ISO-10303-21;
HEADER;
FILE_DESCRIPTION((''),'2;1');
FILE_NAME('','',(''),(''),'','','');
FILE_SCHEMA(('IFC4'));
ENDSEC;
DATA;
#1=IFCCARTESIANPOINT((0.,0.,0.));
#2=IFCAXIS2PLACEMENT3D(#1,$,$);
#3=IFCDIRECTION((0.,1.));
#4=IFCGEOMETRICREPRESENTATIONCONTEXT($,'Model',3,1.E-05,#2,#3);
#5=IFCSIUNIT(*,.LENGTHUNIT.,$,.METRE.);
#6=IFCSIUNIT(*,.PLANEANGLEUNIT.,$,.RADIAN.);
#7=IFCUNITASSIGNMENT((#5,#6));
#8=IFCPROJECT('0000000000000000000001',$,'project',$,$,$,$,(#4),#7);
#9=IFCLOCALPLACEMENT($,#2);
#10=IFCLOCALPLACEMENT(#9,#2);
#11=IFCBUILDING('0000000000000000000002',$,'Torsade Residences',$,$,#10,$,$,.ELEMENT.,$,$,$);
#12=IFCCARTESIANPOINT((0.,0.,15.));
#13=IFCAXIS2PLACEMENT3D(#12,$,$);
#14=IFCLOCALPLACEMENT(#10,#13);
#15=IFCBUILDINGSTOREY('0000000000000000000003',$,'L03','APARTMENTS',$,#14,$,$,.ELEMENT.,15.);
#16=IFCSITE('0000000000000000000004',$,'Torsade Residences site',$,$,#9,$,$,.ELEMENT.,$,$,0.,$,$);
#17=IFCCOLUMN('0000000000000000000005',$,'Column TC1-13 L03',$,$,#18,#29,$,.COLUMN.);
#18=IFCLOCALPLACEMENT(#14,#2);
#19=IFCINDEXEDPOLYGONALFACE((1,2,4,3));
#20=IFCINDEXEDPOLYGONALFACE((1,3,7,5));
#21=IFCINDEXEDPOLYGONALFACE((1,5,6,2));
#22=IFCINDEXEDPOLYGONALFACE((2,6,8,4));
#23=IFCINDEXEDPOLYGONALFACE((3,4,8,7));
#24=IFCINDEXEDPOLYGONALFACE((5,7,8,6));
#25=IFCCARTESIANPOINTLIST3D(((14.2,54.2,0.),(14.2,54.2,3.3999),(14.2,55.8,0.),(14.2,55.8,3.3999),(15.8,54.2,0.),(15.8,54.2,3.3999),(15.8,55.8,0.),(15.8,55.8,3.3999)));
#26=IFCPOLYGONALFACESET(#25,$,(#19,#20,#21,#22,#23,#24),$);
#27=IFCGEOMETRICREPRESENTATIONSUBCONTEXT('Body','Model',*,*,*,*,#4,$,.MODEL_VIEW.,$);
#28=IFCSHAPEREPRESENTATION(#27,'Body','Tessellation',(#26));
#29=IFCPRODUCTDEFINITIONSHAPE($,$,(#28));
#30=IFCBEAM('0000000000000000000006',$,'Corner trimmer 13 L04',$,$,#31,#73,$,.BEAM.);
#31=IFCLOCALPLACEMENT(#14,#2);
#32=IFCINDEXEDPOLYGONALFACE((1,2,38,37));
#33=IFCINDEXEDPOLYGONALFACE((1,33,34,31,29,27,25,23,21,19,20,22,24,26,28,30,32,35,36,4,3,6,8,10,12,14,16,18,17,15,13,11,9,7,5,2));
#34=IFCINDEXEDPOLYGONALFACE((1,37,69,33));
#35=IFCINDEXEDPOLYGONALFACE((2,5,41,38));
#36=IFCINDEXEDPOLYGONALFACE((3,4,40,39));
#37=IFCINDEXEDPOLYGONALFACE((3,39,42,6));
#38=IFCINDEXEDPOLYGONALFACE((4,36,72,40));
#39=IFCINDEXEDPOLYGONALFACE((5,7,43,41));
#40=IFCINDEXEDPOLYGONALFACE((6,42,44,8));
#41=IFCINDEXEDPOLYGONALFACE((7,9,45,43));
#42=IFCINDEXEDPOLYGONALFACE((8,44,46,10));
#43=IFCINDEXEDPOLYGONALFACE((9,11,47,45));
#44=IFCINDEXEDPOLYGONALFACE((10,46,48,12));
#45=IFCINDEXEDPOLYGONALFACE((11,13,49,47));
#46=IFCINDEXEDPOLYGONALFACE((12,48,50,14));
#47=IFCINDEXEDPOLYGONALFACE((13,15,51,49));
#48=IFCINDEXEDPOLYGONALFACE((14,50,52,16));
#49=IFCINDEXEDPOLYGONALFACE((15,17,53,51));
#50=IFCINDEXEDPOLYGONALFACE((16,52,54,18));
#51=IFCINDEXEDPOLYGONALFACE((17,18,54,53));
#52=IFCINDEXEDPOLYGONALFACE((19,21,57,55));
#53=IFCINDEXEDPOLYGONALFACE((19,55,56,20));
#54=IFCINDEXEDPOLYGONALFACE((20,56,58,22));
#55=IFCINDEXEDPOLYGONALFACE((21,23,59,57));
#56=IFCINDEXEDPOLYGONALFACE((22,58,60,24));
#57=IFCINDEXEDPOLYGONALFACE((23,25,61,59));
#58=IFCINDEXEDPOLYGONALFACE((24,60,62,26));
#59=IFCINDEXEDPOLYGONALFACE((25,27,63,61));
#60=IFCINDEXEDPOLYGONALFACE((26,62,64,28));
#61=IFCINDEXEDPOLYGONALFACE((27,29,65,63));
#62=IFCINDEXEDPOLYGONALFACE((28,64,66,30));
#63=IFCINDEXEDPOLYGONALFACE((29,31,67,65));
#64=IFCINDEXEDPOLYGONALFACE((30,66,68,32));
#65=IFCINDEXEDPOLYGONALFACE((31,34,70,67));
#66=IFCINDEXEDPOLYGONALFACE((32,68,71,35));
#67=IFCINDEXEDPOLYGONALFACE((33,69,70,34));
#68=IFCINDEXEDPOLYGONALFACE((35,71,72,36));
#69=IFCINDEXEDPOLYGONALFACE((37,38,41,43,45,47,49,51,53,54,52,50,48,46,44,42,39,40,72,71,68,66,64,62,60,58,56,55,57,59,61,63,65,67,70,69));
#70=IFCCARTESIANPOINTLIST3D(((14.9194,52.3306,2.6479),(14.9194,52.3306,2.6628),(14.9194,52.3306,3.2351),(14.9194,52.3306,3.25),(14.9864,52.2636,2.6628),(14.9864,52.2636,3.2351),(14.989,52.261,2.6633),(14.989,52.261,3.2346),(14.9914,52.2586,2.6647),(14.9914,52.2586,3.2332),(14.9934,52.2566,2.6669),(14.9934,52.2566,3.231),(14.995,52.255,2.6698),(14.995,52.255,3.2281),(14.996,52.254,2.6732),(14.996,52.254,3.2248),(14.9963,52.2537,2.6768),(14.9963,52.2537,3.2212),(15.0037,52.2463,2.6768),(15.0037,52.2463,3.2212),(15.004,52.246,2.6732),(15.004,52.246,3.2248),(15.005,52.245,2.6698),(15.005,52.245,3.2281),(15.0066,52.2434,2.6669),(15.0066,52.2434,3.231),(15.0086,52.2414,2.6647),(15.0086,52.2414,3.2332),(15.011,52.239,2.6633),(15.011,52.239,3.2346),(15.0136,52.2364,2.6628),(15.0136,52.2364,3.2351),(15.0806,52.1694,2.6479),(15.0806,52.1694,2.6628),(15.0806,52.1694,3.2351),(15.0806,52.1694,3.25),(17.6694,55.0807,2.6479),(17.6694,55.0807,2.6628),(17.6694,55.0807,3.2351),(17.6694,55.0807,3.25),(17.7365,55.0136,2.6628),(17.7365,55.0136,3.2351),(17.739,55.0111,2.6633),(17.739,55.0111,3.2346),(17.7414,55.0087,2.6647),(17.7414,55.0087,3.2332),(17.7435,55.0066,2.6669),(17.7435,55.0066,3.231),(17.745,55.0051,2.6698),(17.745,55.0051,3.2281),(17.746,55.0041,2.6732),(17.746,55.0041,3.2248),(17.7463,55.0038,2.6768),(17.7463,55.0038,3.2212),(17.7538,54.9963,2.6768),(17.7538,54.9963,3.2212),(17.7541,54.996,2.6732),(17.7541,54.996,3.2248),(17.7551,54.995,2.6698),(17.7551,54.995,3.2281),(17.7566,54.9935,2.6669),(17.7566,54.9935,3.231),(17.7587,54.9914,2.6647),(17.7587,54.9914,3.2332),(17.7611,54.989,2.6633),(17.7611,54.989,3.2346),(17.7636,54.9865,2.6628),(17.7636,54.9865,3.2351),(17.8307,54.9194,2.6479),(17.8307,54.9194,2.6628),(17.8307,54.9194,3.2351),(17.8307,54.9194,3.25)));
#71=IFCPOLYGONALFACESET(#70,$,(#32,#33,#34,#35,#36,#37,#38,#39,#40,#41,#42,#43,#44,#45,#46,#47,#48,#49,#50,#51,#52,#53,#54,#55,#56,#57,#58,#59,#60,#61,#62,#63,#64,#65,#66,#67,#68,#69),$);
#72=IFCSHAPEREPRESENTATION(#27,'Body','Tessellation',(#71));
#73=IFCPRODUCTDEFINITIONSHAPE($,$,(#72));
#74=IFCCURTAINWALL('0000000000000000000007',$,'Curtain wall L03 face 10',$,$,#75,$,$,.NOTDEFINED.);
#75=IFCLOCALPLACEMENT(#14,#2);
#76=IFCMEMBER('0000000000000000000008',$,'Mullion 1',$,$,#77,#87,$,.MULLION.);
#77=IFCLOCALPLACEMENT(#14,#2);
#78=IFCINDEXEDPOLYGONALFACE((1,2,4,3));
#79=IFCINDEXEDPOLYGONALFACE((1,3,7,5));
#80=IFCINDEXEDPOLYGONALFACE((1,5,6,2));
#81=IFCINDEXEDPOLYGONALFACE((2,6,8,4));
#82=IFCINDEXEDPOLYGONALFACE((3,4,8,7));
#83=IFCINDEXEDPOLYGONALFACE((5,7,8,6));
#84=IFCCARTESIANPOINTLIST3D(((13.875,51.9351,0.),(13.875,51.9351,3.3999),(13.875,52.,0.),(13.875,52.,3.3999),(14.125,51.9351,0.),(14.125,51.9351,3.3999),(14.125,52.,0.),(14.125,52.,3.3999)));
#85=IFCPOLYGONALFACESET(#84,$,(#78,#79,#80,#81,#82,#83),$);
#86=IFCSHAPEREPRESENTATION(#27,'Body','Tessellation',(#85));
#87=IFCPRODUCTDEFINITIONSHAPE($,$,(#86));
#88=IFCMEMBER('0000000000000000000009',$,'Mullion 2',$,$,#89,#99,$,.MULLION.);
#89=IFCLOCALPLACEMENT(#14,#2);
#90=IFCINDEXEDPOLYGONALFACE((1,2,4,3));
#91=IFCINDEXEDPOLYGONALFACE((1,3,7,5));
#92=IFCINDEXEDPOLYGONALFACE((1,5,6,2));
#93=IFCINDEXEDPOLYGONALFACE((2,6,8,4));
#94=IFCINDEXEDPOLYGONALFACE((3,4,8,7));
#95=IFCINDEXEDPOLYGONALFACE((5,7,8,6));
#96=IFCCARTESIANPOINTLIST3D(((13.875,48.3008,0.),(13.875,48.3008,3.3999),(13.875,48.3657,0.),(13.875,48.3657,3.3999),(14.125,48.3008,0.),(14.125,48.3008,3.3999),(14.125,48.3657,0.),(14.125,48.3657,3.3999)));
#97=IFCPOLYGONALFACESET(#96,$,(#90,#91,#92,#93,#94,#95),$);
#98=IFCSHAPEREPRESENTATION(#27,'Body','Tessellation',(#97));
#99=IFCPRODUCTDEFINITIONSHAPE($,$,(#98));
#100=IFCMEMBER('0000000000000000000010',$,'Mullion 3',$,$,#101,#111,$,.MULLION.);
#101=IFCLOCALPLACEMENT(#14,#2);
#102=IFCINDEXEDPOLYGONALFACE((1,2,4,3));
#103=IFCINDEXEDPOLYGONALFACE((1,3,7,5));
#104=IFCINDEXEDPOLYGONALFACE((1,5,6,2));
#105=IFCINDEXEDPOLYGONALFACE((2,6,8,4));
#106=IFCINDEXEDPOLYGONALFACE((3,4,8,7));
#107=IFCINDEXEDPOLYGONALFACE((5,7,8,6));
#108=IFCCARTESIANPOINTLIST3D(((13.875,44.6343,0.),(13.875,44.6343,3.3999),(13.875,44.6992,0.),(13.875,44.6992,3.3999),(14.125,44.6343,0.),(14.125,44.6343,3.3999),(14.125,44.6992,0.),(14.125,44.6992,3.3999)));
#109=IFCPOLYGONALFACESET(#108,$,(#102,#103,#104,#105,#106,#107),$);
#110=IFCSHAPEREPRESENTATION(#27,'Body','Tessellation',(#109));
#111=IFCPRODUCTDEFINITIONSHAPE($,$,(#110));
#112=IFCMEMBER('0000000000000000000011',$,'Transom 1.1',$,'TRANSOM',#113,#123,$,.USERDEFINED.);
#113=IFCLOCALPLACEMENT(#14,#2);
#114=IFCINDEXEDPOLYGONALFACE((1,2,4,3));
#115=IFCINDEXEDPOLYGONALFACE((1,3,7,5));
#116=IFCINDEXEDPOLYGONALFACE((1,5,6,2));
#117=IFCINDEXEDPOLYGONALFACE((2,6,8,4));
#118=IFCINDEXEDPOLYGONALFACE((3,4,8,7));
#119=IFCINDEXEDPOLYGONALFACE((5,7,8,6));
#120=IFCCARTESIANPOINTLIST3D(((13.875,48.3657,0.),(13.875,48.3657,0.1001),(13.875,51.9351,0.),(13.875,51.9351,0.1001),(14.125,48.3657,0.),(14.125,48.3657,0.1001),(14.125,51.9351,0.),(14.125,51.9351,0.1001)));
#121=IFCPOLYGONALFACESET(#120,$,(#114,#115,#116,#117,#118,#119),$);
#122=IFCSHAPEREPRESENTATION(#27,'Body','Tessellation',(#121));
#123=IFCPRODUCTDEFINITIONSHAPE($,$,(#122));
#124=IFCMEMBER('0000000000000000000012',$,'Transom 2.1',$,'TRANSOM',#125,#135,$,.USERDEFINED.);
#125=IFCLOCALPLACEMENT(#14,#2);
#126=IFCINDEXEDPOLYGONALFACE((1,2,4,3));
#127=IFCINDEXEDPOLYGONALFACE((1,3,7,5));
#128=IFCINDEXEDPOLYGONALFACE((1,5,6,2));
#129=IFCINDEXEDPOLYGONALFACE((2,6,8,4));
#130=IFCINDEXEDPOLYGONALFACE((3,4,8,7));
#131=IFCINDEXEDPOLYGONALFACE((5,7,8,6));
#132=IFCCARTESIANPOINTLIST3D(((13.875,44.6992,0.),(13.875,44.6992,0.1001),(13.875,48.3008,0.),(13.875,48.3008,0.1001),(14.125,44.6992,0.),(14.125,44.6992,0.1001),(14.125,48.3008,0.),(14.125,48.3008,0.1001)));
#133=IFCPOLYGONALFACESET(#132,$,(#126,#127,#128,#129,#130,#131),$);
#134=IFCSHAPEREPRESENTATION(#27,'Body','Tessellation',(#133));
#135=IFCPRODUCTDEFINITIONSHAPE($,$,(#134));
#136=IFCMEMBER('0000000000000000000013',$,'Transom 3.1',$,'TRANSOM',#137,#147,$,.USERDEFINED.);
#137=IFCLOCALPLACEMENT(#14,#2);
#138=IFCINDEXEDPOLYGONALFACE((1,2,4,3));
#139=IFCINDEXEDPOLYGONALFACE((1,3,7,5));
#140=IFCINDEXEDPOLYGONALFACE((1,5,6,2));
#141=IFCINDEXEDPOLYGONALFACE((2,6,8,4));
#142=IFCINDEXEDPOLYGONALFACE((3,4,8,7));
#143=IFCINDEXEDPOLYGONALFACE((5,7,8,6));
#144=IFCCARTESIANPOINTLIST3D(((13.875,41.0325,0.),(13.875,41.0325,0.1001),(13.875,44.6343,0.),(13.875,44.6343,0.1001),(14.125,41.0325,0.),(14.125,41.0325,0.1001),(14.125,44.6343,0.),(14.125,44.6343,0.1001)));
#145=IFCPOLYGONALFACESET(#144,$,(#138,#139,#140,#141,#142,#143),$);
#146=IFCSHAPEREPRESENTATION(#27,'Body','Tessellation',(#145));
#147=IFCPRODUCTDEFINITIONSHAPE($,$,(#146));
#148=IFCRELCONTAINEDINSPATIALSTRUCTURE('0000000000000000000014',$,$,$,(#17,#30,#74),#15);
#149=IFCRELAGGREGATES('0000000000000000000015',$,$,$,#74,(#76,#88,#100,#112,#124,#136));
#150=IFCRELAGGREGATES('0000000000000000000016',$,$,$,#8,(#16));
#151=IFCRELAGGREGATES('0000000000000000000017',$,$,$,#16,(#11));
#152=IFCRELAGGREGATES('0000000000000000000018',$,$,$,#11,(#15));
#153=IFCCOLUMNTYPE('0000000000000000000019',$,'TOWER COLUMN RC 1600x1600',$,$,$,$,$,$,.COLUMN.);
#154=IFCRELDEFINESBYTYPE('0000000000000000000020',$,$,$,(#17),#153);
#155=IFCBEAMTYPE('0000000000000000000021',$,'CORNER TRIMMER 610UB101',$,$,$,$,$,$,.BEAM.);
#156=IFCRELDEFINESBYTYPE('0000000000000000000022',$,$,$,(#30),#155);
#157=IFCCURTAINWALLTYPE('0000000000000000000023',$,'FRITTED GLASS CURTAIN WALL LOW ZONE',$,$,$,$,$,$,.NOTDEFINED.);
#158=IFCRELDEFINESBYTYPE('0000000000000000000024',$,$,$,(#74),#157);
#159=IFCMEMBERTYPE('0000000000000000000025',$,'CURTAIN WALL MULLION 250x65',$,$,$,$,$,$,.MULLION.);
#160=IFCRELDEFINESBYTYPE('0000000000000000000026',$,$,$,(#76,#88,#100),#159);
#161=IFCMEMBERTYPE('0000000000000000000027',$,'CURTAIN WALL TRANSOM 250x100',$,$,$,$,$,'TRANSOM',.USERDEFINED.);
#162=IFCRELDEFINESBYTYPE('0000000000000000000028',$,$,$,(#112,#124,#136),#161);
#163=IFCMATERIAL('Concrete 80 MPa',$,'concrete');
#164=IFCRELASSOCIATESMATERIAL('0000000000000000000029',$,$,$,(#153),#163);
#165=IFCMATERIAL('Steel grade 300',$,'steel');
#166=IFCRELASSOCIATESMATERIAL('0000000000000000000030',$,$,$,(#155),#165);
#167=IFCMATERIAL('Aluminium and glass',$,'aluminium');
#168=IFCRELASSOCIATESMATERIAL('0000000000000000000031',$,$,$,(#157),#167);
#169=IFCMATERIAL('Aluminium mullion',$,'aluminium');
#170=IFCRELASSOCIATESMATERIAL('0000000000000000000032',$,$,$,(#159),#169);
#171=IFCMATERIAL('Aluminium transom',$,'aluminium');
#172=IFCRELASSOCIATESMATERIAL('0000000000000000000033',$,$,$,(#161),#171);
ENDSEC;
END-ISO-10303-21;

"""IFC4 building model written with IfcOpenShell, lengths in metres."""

from ifc_helpers import new_model, si_unit, direction, frame, origin, origin_2d, place, context, subcontext, project, spatial, rectangle, i_section, extrude, material, material_profile, profile_set, type_object, element, aggregate, save


model = new_model("IFC4")

# Units and contexts
model_context = context("Model", 3, precision=1e-05, world=origin(), true_north=direction((0.0, 1.0)))
body_context = subcontext(model_context, "Body", "Model", "MODEL_VIEW")
ifc_project = project(units=[si_unit("LENGTHUNIT", "METRE"), si_unit("PLANEANGLEUNIT", "RADIAN")], contexts=[model_context])

# Site, building, storey
site_placement = place(None, origin())
site = spatial("IfcSite", under=ifc_project, at=site_placement, Name="Torsade Residences site", CompositionType="ELEMENT", RefElevation=0.0)
building_placement = place(site_placement, origin())
building = spatial("IfcBuilding", under=site, at=building_placement, Name="Torsade Residences", CompositionType="ELEMENT")
storey_placement = place(building_placement, frame((0.0, 0.0, 15.0)))
storey = spatial("IfcBuildingStorey", under=building, at=storey_placement, Name="L03", Description="APARTMENTS", CompositionType="ELEMENT", Elevation=15.0)

# Column
ifc_material_1 = material(Name="Concrete 80 MPa", Category="concrete")
ifc_material_profile_1 = material_profile(ifc_material_1, rectangle(XDim=1.6001, YDim=1.6001, at=origin_2d()), Name="RC 1600x1600")
ifc_profile_set_1 = profile_set([ifc_material_profile_1], Name="Concrete 80 MPa")
column_type = type_object("IfcColumnType", Name="TOWER COLUMN RC 1600x1600", PredefinedType="COLUMN", material=ifc_profile_set_1)
column_placement = place(storey_placement, frame((15.0, 55.0, 0.0), z_axis=(0.0, 0.0, 1.0), x_axis=(1.0, 0.0, 0.0)))
element("IfcColumn", 1, at=column_placement, inside=storey, type_object=column_type, Name="Column TC1-13 L03", PredefinedType="COLUMN", context=body_context, shape_type="SweptSolid", body=[
    extrude(rectangle(XDim=1.6001, YDim=1.6001, at=origin_2d()), origin(), (0.0, 0.0, 1.0), 3.3999),
])

# Beam
ifc_material_2 = material(Name="Steel grade 300", Category="steel")
ifc_material_profile_2 = material_profile(ifc_material_2, i_section(OverallWidth=0.228, OverallDepth=0.6021, WebThickness=0.0105, FlangeThickness=0.0149, FilletRadius=0.0139, at=origin_2d()), Name="610UB101")
ifc_profile_set_2 = profile_set([ifc_material_profile_2], Name="Steel grade 300")
beam_type_1 = type_object("IfcBeamType", Name="CORNER TRIMMER 610UB101", PredefinedType="BEAM", material=ifc_profile_set_2)
beam_1_placement = place(storey_placement, frame((15.0, 52.25, 2.949), z_axis=(0.707107, 0.707107, 0.0), x_axis=(-0.707107, 0.707107, 0.0)))
element("IfcBeam", 2, at=beam_1_placement, inside=storey, type_object=beam_type_1, Name="Corner trimmer 13 L04", PredefinedType="BEAM", context=body_context, shape_type="SweptSolid", body=[
    extrude(i_section(OverallWidth=0.228, OverallDepth=0.6021, WebThickness=0.0105, FlangeThickness=0.0149, FilletRadius=0.0139, at=origin_2d()), origin(), (0.0, 0.0, 1.0), 3.8892),
])

# Curtain wall, members
ifc_material_3 = material(Name="Aluminium and glass", Category="aluminium")
curtain_wall_type = type_object("IfcCurtainWallType", Name="FRITTED GLASS CURTAIN WALL LOW ZONE", PredefinedType="NOTDEFINED", material=ifc_material_3)
curtain_wall_placement = place(storey_placement, origin())
curtain_wall = element("IfcCurtainWall", 3, at=curtain_wall_placement, inside=storey, type_object=curtain_wall_type, Name="Curtain wall L03 face 10", PredefinedType="NOTDEFINED")
ifc_material_4 = material(Name="Aluminium mullion", Category="aluminium")
ifc_material_profile_3 = material_profile(ifc_material_4, rectangle(XDim=0.25, YDim=0.0649, at=origin_2d()), Name="CURTAIN WALL MULLION 250x65")
ifc_profile_set_3 = profile_set([ifc_material_profile_3], Name="Aluminium mullion")
member_type_1 = type_object("IfcMemberType", Name="CURTAIN WALL MULLION 250x65", PredefinedType="MULLION", material=ifc_profile_set_3)
member_1_placement = place(storey_placement, frame((14.0, 51.9675, 0.0), z_axis=(0.0, 0.0, 1.0), x_axis=(1.0, 0.0, 0.0)))
member_1 = element("IfcMember", 4, at=member_1_placement, type_object=member_type_1, Name="Mullion 1", PredefinedType="MULLION", context=body_context, shape_type="SweptSolid", body=[
    extrude(rectangle(XDim=0.25, YDim=0.0649, at=origin_2d()), origin(), (0.0, 0.0, 1.0), 3.3999),
])
member_2_placement = place(storey_placement, frame((14.0, 48.3333, 0.0), z_axis=(0.0, 0.0, 1.0), x_axis=(1.0, 0.0, 0.0)))
member_2 = element("IfcMember", 5, at=member_2_placement, type_object=member_type_1, Name="Mullion 2", PredefinedType="MULLION", context=body_context, shape_type="SweptSolid", body=[
    extrude(rectangle(XDim=0.25, YDim=0.0649, at=origin_2d()), origin(), (0.0, 0.0, 1.0), 3.3999),
])
member_3_placement = place(storey_placement, frame((14.0, 44.6667, 0.0), z_axis=(0.0, 0.0, 1.0), x_axis=(1.0, 0.0, 0.0)))
member_3 = element("IfcMember", 6, at=member_3_placement, type_object=member_type_1, Name="Mullion 3", PredefinedType="MULLION", context=body_context, shape_type="SweptSolid", body=[
    extrude(rectangle(XDim=0.25, YDim=0.0649, at=origin_2d()), origin(), (0.0, 0.0, 1.0), 3.3999),
])
ifc_material_5 = material(Name="Aluminium transom", Category="aluminium")
ifc_material_profile_4 = material_profile(ifc_material_5, rectangle(XDim=0.25, YDim=0.1001, at=origin_2d()), Name="CURTAIN WALL TRANSOM 250x100")
ifc_profile_set_4 = profile_set([ifc_material_profile_4], Name="Aluminium transom")
member_type_2 = type_object("IfcMemberType", Name="CURTAIN WALL TRANSOM 250x100", ElementType="TRANSOM", PredefinedType="USERDEFINED", material=ifc_profile_set_4)
member_4_placement = place(storey_placement, frame((14.0, 51.9351, 0.05), z_axis=(0.0, -1.0, 0.0), x_axis=(1.0, 0.0, 0.0)))
member_4 = element("IfcMember", 7, at=member_4_placement, type_object=member_type_2, Name="Transom 1.1", ObjectType="TRANSOM", PredefinedType="USERDEFINED", context=body_context, shape_type="SweptSolid", body=[
    extrude(rectangle(XDim=0.25, YDim=0.1001, at=origin_2d()), origin(), (0.0, 0.0, 1.0), 3.5693),
])
member_5_placement = place(storey_placement, frame((14.0, 48.3008, 0.05), z_axis=(0.0, -1.0, 0.0), x_axis=(1.0, 0.0, 0.0)))
member_5 = element("IfcMember", 8, at=member_5_placement, type_object=member_type_2, Name="Transom 2.1", ObjectType="TRANSOM", PredefinedType="USERDEFINED", context=body_context, shape_type="SweptSolid", body=[
    extrude(rectangle(XDim=0.25, YDim=0.1001, at=origin_2d()), origin(), (0.0, 0.0, 1.0), 3.6016),
])
member_6_placement = place(storey_placement, frame((14.0, 44.6343, 0.05), z_axis=(0.0, -1.0, 0.0), x_axis=(1.0, 0.0, 0.0)))
member_6 = element("IfcMember", 9, at=member_6_placement, type_object=member_type_2, Name="Transom 3.1", ObjectType="TRANSOM", PredefinedType="USERDEFINED", context=body_context, shape_type="SweptSolid", body=[
    extrude(rectangle(XDim=0.25, YDim=0.1001, at=origin_2d()), origin(), (0.0, 0.0, 1.0), 3.6018),
])

aggregate(curtain_wall, [member_1, member_2, member_3, member_4, member_5, member_6])

save(model, "model.ifc")
